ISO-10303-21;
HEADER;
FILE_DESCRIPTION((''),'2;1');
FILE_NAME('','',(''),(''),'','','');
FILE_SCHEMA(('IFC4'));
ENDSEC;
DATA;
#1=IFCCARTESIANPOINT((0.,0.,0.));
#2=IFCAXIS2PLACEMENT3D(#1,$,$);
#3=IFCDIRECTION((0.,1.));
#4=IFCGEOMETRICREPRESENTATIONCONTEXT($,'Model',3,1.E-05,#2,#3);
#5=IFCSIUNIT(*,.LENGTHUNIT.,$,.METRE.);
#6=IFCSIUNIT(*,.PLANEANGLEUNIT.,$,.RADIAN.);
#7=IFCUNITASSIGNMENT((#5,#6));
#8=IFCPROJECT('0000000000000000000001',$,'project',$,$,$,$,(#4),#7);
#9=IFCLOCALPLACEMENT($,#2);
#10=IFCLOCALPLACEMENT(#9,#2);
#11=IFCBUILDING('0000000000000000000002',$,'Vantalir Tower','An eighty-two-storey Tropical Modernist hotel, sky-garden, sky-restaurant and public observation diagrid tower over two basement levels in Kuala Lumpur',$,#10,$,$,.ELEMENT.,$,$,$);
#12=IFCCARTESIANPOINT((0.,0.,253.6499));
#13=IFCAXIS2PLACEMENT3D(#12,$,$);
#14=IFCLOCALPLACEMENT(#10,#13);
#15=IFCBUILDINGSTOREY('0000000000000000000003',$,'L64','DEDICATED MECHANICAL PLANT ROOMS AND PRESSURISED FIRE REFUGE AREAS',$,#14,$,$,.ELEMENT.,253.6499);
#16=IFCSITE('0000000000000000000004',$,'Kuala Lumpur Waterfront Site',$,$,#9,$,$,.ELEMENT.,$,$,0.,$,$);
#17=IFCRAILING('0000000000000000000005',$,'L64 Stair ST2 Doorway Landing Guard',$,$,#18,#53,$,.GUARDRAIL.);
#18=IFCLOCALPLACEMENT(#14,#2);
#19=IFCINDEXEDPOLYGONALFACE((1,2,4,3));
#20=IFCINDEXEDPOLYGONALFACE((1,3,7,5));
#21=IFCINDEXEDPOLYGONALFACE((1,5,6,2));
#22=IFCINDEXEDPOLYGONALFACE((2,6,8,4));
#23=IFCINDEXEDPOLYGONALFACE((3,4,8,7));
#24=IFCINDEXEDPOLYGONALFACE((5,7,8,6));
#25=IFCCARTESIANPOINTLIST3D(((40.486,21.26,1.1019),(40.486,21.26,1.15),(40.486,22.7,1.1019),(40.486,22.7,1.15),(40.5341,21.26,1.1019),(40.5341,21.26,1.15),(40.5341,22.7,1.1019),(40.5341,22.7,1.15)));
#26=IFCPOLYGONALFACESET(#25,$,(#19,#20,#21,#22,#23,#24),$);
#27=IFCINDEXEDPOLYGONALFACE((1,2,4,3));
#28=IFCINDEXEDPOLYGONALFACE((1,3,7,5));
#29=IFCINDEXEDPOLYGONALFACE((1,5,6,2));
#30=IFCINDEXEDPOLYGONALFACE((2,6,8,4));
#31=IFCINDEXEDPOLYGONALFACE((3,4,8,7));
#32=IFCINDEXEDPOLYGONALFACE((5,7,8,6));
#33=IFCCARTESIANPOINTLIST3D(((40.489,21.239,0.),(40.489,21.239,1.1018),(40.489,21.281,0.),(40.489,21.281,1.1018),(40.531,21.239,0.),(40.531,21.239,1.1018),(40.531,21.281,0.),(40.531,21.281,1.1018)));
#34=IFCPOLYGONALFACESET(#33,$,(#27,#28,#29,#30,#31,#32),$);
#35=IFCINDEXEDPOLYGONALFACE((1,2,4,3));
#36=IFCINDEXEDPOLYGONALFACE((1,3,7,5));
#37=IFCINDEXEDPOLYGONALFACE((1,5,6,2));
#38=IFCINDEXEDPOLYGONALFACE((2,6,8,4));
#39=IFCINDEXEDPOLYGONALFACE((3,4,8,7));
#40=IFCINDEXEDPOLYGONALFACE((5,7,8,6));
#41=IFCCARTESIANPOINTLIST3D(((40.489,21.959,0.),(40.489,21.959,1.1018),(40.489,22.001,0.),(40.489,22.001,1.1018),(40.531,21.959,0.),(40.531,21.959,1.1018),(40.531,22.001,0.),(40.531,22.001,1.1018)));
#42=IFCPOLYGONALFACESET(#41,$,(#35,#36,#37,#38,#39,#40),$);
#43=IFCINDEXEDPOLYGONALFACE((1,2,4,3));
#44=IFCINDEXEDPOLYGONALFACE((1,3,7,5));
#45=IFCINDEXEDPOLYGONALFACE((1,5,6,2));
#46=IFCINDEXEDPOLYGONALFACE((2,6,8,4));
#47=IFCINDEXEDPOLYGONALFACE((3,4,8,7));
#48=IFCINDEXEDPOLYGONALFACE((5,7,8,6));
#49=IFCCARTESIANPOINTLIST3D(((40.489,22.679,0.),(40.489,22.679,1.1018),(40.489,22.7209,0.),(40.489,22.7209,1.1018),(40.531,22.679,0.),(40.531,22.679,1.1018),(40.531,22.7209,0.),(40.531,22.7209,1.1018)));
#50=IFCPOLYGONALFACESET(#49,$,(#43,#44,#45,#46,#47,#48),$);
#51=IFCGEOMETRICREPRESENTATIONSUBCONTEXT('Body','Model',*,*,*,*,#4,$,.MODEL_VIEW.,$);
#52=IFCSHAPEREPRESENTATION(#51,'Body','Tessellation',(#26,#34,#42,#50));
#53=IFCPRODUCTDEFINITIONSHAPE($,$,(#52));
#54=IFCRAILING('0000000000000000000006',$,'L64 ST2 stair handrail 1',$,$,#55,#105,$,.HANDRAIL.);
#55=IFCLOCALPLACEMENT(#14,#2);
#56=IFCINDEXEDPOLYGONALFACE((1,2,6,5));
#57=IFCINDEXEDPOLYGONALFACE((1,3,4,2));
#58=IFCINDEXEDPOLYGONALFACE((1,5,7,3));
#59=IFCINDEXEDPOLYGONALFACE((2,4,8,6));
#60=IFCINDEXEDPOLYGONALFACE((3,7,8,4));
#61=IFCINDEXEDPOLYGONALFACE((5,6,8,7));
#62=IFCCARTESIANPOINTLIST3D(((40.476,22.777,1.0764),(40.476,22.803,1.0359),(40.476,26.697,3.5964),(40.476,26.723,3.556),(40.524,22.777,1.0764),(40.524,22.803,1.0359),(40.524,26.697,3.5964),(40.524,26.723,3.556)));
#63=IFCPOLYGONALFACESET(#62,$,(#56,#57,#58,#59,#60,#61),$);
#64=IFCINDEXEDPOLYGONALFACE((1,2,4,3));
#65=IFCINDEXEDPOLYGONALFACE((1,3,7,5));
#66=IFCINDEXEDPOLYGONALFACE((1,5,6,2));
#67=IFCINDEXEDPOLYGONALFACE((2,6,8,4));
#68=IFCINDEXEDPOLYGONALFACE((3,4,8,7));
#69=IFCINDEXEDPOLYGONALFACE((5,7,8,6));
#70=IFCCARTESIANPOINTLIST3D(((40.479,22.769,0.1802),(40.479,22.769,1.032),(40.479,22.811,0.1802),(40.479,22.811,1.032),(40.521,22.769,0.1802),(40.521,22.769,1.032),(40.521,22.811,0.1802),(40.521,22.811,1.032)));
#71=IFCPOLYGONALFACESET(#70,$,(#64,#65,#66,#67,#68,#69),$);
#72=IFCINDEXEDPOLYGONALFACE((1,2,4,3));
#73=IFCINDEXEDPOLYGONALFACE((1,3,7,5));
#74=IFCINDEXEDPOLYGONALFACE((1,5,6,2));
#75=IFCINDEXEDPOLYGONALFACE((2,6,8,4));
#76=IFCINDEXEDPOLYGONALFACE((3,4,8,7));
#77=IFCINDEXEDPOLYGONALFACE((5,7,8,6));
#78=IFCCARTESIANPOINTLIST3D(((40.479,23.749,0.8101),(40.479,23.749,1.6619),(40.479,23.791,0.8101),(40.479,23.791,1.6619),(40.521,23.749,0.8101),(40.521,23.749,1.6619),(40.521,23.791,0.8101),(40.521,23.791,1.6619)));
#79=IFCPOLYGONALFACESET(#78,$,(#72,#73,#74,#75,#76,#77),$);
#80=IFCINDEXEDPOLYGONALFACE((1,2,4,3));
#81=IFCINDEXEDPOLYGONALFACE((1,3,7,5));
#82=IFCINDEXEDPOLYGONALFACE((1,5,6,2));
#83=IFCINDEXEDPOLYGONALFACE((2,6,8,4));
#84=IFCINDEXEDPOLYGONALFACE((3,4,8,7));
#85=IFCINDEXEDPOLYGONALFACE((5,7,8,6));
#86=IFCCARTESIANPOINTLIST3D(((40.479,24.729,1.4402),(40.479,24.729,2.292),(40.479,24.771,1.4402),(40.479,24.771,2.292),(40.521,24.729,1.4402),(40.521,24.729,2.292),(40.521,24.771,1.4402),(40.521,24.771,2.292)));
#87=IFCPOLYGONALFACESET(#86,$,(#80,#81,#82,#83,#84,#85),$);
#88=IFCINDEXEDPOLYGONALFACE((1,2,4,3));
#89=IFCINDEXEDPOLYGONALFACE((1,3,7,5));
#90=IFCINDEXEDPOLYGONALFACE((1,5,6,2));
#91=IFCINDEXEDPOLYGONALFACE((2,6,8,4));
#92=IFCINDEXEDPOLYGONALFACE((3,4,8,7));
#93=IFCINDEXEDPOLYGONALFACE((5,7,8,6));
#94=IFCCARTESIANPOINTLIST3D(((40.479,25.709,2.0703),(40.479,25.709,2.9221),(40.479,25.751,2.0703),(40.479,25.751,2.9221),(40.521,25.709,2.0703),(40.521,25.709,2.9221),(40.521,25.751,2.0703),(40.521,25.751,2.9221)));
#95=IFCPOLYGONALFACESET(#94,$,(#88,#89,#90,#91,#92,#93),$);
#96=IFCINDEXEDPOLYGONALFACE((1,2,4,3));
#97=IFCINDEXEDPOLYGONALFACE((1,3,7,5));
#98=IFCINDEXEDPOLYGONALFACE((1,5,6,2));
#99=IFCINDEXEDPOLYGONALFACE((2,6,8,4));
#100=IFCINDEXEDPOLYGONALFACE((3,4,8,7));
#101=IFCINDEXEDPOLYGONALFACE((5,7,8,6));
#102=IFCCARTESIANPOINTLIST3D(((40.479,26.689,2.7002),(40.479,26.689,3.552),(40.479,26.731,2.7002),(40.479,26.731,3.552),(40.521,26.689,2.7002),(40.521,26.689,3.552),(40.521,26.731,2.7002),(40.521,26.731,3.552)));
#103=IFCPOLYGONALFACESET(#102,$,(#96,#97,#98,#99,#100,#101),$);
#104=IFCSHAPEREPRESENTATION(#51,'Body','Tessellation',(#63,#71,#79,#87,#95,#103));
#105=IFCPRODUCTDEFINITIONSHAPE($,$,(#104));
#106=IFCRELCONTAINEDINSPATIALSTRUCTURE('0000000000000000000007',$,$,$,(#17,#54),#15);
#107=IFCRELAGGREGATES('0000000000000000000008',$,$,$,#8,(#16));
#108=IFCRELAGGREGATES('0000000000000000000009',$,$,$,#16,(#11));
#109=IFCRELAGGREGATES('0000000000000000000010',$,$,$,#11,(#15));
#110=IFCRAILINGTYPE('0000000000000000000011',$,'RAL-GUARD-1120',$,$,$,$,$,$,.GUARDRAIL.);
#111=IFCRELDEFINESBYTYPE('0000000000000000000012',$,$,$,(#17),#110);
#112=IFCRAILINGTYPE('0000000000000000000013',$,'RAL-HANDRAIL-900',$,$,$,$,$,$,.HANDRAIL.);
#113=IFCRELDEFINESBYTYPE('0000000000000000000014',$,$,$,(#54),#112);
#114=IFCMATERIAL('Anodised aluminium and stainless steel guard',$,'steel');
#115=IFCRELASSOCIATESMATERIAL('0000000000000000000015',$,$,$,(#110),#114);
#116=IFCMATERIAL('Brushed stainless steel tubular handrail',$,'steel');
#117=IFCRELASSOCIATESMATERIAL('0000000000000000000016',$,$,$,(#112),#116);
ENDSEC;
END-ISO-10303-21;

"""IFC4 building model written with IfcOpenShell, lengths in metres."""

from ifc_helpers import new_model, si_unit, direction, frame, origin, origin_2d, place, context, subcontext, project, spatial, rectangle, extrude, material, type_object, element, save


model = new_model("IFC4")

# Units and contexts
model_context = context("Model", 3, precision=1e-05, world=origin(), true_north=direction((0.0, 1.0)))
body_context = subcontext(model_context, "Body", "Model", "MODEL_VIEW")
ifc_project = project(units=[si_unit("LENGTHUNIT", "METRE"), si_unit("PLANEANGLEUNIT", "RADIAN")], contexts=[model_context])

# Site, building, storey
site_placement = place(None, origin())
site = spatial("IfcSite", under=ifc_project, at=site_placement, Name="Kuala Lumpur Waterfront Site", CompositionType="ELEMENT", RefElevation=0.0)
building_placement = place(site_placement, origin())
building = spatial("IfcBuilding", under=site, at=building_placement, Name="Vantalir Tower", Description="An eighty-two-storey Tropical Modernist hotel, sky-garden, sky-restaurant and public observation diagrid tower over two basement levels in Kuala Lumpur", CompositionType="ELEMENT")
storey_placement = place(building_placement, frame((0.0, 0.0, 253.6499)))
storey = spatial("IfcBuildingStorey", under=building, at=storey_placement, Name="L64", Description="DEDICATED MECHANICAL PLANT ROOMS AND PRESSURISED FIRE REFUGE AREAS", CompositionType="ELEMENT", Elevation=253.6499)

# Railings
ifc_material_1 = material(Name="Anodised aluminium and stainless steel guard", Category="steel")
railing_type_1 = type_object("IfcRailingType", Name="RAL-GUARD-1120", PredefinedType="GUARDRAIL", material=ifc_material_1)
railing_1_placement = place(storey_placement, frame((40.51, 21.26, 0.0)))
element("IfcRailing", 1, at=railing_1_placement, inside=storey, type_object=railing_type_1, Name="L64 Stair ST2 Doorway Landing Guard", PredefinedType="GUARDRAIL", context=body_context, shape_type="SweptSolid", body=[
    extrude(rectangle(XDim=0.0481, YDim=0.0481, at=origin_2d()), frame((0.0, 0.0, 1.126), z_axis=(0.0, 1.0, 0.0), x_axis=(-1.0, 0.0, 0.0)), (0.0, 0.0, 1.0), 1.4399),
    extrude(rectangle(XDim=0.042, YDim=0.042, at=origin_2d()), origin(), (0.0, 0.0, 1.0), 1.1018),
    extrude(rectangle(XDim=0.042, YDim=0.042, at=origin_2d()), frame((0.0, 0.72, 0.0)), (0.0, 0.0, 1.0), 1.1018),
    extrude(rectangle(XDim=0.042, YDim=0.042, at=origin_2d()), frame((0.0, 1.4399, 0.0)), (0.0, 0.0, 1.0), 1.1018),
])
ifc_material_2 = material(Name="Brushed stainless steel tubular handrail", Category="steel")
railing_type_2 = type_object("IfcRailingType", Name="RAL-HANDRAIL-900", PredefinedType="HANDRAIL", material=ifc_material_2)
railing_2_placement = place(storey_placement, frame((40.5, 22.79, 0.1802)))
element("IfcRailing", 2, at=railing_2_placement, inside=storey, type_object=railing_type_2, Name="L64 ST2 stair handrail 1", PredefinedType="HANDRAIL", context=body_context, shape_type="SweptSolid", body=[
    extrude(rectangle(XDim=0.0481, YDim=0.0481, at=origin_2d()), frame((0.0, 0.0, 0.876), z_axis=(0.0, 0.841172, 0.540768), x_axis=(-1.0, 0.0, 0.0)), (0.0, 0.0, 1.0), 4.6602),
    extrude(rectangle(XDim=0.042, YDim=0.042, at=origin_2d()), origin(), (0.0, 0.0, 1.0), 0.8518),
    extrude(rectangle(XDim=0.042, YDim=0.042, at=origin_2d()), frame((0.0, 0.98, 0.6299)), (0.0, 0.0, 1.0), 0.8518),
    extrude(rectangle(XDim=0.042, YDim=0.042, at=origin_2d()), frame((0.0, 1.96, 1.26)), (0.0, 0.0, 1.0), 0.8518),
    extrude(rectangle(XDim=0.042, YDim=0.042, at=origin_2d()), frame((0.0, 2.9399, 1.8901)), (0.0, 0.0, 1.0), 0.8518),
    extrude(rectangle(XDim=0.042, YDim=0.042, at=origin_2d()), frame((0.0, 3.9199, 2.52)), (0.0, 0.0, 1.0), 0.8518),
])

save(model, "model.ifc")
